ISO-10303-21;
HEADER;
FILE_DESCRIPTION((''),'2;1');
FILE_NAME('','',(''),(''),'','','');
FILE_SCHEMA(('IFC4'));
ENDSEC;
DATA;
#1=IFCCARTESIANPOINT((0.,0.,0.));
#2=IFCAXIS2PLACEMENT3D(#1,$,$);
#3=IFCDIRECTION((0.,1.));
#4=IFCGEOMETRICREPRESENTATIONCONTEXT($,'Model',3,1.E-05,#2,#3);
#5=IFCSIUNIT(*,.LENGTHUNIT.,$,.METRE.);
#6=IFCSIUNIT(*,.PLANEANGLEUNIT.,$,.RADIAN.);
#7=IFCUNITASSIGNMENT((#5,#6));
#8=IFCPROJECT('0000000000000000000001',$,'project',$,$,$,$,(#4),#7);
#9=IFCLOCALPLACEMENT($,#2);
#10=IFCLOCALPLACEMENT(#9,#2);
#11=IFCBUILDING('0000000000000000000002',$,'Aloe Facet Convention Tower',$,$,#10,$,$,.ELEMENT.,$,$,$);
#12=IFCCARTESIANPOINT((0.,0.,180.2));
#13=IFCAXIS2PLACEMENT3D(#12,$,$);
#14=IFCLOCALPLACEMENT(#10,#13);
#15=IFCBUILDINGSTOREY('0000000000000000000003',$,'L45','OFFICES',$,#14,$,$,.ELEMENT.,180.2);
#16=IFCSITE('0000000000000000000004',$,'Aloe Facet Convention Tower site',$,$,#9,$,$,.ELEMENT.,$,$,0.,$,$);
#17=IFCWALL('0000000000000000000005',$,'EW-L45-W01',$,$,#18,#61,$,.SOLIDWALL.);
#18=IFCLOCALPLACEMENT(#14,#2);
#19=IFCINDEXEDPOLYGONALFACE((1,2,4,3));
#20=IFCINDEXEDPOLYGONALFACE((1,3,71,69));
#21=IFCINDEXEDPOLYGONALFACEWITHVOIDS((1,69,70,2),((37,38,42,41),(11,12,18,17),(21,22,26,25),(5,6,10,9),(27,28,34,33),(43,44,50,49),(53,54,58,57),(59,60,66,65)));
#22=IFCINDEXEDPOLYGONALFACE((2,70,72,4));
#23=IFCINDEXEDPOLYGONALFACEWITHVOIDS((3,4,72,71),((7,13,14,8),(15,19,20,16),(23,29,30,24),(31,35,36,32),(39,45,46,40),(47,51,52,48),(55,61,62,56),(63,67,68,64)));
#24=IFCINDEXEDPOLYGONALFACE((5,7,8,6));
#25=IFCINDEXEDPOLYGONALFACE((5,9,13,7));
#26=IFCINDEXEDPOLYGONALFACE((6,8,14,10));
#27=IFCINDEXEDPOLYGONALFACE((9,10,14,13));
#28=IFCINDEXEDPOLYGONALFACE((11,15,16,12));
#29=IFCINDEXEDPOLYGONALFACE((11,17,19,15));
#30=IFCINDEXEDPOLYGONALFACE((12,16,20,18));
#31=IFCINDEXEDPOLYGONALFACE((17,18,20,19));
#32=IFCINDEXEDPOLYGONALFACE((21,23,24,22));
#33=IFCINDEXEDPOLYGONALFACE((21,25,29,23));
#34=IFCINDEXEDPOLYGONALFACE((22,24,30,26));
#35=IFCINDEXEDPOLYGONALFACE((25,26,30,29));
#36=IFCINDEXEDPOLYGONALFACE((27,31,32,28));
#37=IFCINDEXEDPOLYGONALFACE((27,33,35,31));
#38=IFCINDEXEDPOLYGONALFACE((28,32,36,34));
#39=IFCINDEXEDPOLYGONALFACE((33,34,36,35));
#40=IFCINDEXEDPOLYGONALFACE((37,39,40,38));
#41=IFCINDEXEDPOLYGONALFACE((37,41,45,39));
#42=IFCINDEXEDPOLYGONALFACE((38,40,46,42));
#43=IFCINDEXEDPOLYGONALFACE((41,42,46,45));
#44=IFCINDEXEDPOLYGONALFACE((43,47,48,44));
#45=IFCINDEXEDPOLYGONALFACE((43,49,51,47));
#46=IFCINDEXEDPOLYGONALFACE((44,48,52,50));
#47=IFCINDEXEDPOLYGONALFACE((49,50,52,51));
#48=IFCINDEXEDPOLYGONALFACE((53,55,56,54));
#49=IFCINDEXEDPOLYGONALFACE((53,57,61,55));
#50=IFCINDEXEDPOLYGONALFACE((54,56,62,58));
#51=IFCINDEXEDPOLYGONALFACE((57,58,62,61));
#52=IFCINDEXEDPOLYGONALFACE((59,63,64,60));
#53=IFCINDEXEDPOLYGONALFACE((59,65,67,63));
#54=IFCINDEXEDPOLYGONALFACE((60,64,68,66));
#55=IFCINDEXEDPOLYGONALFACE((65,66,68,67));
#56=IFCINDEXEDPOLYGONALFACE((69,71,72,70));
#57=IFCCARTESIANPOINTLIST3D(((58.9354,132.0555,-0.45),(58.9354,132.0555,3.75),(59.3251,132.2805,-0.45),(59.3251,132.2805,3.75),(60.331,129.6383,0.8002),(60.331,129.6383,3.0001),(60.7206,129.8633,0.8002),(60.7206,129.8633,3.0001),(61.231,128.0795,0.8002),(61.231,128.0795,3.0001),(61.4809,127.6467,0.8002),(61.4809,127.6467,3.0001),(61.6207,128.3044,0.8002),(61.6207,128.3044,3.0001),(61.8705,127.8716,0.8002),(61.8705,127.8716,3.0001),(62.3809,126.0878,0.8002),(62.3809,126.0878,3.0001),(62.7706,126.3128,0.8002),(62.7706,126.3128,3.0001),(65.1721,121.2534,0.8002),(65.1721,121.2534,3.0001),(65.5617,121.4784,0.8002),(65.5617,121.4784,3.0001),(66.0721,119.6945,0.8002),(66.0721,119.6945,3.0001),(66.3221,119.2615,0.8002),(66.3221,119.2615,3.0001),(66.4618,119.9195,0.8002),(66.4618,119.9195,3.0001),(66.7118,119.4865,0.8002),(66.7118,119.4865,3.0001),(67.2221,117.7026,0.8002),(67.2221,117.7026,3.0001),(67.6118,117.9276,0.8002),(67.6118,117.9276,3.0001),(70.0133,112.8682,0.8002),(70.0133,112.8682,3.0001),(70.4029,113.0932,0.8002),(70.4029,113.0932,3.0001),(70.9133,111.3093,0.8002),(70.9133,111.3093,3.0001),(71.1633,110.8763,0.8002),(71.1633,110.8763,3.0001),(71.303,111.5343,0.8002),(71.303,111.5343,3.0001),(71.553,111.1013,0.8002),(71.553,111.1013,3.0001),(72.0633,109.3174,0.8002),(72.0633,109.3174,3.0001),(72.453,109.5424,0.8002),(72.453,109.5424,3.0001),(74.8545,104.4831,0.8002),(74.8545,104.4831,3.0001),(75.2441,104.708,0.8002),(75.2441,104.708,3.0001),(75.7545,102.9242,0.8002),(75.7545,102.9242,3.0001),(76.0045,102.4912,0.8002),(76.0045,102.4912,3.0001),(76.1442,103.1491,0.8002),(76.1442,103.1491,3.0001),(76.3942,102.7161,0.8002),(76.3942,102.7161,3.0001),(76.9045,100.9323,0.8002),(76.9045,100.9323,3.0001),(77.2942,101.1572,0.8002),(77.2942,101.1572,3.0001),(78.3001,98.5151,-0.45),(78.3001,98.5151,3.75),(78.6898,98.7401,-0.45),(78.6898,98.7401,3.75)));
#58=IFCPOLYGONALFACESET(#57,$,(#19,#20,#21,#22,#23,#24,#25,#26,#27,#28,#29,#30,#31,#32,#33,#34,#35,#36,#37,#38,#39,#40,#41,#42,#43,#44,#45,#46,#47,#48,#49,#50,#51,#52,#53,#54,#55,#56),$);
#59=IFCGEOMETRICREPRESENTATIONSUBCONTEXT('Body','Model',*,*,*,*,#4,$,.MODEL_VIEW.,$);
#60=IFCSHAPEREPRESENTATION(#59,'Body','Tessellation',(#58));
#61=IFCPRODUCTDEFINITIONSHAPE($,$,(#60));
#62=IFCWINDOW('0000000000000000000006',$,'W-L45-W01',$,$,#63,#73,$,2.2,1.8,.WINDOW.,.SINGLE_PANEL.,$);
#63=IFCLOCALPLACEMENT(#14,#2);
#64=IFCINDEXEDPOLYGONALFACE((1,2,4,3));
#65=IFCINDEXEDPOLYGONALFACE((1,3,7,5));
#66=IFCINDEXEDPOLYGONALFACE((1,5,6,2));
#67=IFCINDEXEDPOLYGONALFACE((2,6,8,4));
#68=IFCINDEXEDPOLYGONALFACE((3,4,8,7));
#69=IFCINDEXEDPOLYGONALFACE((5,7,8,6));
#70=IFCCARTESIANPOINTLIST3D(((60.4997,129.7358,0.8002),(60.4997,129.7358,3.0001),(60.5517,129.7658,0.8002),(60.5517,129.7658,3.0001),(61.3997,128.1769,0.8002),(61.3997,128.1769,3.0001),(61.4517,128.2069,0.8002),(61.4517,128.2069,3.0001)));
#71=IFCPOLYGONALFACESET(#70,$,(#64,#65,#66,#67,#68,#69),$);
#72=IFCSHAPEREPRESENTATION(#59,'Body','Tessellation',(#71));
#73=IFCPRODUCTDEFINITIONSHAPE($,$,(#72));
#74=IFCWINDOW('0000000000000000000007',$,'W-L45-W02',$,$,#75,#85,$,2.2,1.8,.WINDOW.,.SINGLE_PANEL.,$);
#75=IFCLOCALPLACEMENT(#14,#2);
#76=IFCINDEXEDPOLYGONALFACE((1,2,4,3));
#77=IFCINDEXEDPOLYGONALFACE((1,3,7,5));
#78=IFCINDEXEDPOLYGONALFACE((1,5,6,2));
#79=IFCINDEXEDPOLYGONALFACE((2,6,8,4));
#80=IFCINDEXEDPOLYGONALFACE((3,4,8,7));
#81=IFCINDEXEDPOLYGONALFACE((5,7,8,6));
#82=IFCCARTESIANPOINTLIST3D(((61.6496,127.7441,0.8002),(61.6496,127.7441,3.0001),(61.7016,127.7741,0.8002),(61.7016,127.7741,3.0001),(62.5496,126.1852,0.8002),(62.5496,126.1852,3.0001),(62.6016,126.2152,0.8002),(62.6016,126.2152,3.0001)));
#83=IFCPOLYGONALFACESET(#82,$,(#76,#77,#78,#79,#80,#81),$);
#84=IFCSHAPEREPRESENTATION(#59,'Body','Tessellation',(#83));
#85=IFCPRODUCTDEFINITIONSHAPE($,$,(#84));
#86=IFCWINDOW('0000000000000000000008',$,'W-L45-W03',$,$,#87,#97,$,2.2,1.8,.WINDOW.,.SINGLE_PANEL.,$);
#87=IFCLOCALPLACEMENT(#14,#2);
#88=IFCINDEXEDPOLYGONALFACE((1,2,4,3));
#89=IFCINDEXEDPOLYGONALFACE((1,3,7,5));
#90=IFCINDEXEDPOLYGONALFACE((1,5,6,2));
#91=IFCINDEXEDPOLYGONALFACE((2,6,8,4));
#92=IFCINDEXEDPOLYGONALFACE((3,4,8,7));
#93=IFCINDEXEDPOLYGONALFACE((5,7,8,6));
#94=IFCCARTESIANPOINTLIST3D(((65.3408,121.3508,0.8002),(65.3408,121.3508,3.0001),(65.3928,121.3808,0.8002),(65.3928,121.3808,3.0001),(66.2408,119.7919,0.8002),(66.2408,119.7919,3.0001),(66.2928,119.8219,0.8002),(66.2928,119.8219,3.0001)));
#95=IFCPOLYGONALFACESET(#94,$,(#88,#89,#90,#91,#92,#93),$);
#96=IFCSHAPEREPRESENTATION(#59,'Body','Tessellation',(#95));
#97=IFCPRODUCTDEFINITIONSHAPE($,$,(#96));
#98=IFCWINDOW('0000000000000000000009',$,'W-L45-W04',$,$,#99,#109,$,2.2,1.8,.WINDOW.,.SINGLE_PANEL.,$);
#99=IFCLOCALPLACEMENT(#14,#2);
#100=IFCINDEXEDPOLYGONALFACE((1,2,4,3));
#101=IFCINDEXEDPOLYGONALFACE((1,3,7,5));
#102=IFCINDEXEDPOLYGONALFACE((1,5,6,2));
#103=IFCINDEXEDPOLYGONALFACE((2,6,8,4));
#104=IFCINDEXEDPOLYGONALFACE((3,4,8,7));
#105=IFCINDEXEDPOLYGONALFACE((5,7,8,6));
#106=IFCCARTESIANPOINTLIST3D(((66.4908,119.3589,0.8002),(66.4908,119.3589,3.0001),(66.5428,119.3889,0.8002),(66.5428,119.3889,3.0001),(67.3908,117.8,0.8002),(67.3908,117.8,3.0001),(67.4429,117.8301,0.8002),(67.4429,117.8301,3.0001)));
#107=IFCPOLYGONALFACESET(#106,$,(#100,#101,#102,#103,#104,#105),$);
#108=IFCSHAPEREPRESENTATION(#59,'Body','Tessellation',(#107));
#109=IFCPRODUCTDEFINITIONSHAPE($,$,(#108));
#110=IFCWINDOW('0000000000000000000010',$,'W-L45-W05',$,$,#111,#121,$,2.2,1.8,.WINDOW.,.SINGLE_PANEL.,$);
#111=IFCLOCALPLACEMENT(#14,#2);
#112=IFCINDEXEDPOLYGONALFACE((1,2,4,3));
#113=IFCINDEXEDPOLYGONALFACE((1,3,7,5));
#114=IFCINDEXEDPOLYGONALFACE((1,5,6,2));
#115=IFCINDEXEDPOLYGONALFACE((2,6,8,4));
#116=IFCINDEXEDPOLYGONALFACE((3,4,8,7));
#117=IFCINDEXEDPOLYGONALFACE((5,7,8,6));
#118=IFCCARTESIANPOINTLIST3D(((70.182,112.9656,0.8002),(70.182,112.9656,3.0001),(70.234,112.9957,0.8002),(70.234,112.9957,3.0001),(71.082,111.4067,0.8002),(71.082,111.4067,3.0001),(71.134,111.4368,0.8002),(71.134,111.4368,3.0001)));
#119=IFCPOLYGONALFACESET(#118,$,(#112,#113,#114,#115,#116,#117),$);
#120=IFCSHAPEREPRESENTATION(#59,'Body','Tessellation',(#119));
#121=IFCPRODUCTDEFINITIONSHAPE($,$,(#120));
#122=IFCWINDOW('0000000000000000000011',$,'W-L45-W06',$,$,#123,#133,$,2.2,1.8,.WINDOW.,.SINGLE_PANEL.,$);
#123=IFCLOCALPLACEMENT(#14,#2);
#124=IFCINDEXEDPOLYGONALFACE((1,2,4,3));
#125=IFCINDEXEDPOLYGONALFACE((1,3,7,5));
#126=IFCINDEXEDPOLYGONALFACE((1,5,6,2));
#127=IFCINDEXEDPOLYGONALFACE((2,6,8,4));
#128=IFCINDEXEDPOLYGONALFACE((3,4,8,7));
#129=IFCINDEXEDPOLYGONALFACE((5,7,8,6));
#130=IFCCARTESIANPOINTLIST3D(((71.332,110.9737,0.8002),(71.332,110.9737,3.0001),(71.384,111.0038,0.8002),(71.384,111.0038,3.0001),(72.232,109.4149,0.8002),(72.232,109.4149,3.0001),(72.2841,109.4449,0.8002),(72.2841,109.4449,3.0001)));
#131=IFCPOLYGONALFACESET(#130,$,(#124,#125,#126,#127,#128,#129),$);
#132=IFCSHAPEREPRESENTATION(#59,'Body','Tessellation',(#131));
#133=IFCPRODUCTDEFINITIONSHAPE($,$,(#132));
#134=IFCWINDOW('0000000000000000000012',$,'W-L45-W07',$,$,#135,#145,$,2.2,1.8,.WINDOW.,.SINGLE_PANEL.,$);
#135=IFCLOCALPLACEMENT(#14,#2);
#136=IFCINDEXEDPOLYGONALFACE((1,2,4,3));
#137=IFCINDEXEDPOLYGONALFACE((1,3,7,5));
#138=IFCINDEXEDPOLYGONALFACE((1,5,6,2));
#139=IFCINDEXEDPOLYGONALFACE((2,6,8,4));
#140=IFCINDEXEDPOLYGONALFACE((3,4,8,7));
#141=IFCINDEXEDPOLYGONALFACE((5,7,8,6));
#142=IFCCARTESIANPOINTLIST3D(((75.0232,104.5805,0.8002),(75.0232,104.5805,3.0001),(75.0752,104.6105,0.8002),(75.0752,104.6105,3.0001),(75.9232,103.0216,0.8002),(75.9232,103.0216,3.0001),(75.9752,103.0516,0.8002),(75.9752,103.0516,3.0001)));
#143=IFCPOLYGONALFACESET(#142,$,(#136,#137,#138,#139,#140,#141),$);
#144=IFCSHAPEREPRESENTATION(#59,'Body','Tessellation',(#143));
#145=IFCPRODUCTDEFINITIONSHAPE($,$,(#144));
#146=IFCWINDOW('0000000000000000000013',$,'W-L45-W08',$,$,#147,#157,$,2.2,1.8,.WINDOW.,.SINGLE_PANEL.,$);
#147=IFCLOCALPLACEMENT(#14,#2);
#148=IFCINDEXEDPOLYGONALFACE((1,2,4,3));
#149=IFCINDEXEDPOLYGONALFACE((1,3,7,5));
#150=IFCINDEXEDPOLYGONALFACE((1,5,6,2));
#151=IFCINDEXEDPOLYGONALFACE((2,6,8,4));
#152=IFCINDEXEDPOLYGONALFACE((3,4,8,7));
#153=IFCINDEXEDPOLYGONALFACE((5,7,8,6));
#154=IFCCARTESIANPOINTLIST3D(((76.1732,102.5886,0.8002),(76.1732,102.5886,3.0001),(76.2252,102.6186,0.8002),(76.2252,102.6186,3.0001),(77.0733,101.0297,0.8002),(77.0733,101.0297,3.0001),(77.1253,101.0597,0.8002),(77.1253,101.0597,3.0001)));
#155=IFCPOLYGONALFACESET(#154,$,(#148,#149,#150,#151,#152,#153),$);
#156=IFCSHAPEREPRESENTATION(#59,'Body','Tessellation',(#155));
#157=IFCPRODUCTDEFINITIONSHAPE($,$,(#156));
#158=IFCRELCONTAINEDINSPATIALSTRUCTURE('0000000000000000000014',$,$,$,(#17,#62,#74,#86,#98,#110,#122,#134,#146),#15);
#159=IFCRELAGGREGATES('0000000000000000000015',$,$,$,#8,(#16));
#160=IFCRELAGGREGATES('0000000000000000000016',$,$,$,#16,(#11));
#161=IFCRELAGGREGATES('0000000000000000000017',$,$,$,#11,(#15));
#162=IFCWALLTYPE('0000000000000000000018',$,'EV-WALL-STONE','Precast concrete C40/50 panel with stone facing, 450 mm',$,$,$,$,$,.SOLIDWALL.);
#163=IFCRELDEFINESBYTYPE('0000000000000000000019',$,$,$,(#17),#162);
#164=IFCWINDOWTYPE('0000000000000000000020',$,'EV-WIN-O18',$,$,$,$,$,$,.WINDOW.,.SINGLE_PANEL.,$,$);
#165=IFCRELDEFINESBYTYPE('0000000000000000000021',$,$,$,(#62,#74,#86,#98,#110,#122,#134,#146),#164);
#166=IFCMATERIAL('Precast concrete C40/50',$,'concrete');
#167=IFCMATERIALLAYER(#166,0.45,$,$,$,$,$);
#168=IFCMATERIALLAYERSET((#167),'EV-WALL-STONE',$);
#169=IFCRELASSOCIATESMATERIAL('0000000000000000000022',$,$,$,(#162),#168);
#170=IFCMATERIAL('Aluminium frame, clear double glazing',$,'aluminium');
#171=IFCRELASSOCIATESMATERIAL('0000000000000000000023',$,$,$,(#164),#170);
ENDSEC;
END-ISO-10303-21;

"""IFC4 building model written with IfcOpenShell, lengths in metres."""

from ifc_helpers import new_model, si_unit, direction, frame, frame_2d, origin, place, context, subcontext, project, spatial, polyline, rectangle, outline, extrude, material, layer, layer_set, type_object, element, fill, save


model = new_model("IFC4")

# Units and contexts
model_context = context("Model", 3, precision=1e-05, world=origin(), true_north=direction((0.0, 1.0)))
body_context = subcontext(model_context, "Body", "Model", "MODEL_VIEW")
ifc_project = project(units=[si_unit("LENGTHUNIT", "METRE"), si_unit("PLANEANGLEUNIT", "RADIAN")], contexts=[model_context])

# Site, building, storey
site_placement = place(None, origin())
site = spatial("IfcSite", under=ifc_project, at=site_placement, Name="Aloe Facet Convention Tower site", CompositionType="ELEMENT", RefElevation=0.0)
building_placement = place(site_placement, origin())
building = spatial("IfcBuilding", under=site, at=building_placement, Name="Aloe Facet Convention Tower", CompositionType="ELEMENT")
storey_placement = place(building_placement, frame((0.0, 0.0, 180.2)))
storey = spatial("IfcBuildingStorey", under=building, at=storey_placement, Name="L45", Description="OFFICES", CompositionType="ELEMENT", Elevation=180.2)

# Wall, openings, windows
ifc_material_1 = material(Name="Precast concrete C40/50", Category="concrete")
ifc_layer_1 = layer(ifc_material_1, 0.45)
ifc_layer_set_1 = layer_set([ifc_layer_1], Name="EV-WALL-STONE")
wall_type_1 = type_object("IfcWallType", Name="EV-WALL-STONE", Description="Precast concrete C40/50 panel with stone facing, 450 mm", PredefinedType="SOLIDWALL", material=ifc_layer_set_1)
wall_1_placement = place(storey_placement, frame((59.1301, 132.168, -0.45), z_axis=(0.0, 0.0, 1.0), x_axis=(0.500002, -0.866024, 0.0)))
wall_1 = element("IfcWall", 1, at=wall_1_placement, inside=storey, type_object=wall_type_1, Name="EW-L45-W01", PredefinedType="SOLIDWALL", context=body_context, shape_type="SweptSolid", body=[
    extrude(outline(polyline([(38.7292, 0.0), (38.7292, 4.2), (0.0, 4.2), (0.0, 0.0), (38.7292, 0.0)])), frame((0.0, 0.2251, 0.0), z_axis=(0.0, -1.0, 0.0), x_axis=(1.0, 0.0, 0.0)), (0.0, 0.0, 1.0), 0.45),
])
opening_1_placement = place(wall_1_placement, frame((2.7913, 0.0, 1.25)))
opening_1 = element("IfcOpeningElement", 2, at=opening_1_placement, cuts=wall_1, PredefinedType="OPENING", context=body_context, shape_type="SweptSolid", body=[
    extrude(rectangle(XDim=1.8, YDim=2.2, at=frame_2d((0.8999, 1.1001))), frame((0.0, 0.2349, 0.0), z_axis=(0.0, -1.0, 0.0), x_axis=(1.0, 0.0, 0.0)), (0.0, 0.0, 1.0), 0.47),
])
opening_2_placement = place(wall_1_placement, frame((5.0911, 0.0, 1.25)))
opening_2 = element("IfcOpeningElement", 3, at=opening_2_placement, cuts=wall_1, PredefinedType="OPENING", context=body_context, shape_type="SweptSolid", body=[
    extrude(rectangle(XDim=1.8, YDim=2.2, at=frame_2d((0.8999, 1.1001))), frame((0.0, 0.2349, 0.0), z_axis=(0.0, -1.0, 0.0), x_axis=(1.0, 0.0, 0.0)), (0.0, 0.0, 1.0), 0.47),
])
opening_3_placement = place(wall_1_placement, frame((12.4734, 0.0, 1.25)))
opening_3 = element("IfcOpeningElement", 4, at=opening_3_placement, cuts=wall_1, PredefinedType="OPENING", context=body_context, shape_type="SweptSolid", body=[
    extrude(rectangle(XDim=1.8, YDim=2.2, at=frame_2d((0.8999, 1.1001))), frame((0.0, 0.2349, 0.0), z_axis=(0.0, -1.0, 0.0), x_axis=(1.0, 0.0, 0.0)), (0.0, 0.0, 1.0), 0.47),
])
opening_4_placement = place(wall_1_placement, frame((14.7734, 0.0, 1.25)))
opening_4 = element("IfcOpeningElement", 5, at=opening_4_placement, cuts=wall_1, PredefinedType="OPENING", context=body_context, shape_type="SweptSolid", body=[
    extrude(rectangle(XDim=1.8, YDim=2.2, at=frame_2d((0.8999, 1.1001))), frame((0.0, 0.2349, 0.0), z_axis=(0.0, -1.0, 0.0), x_axis=(1.0, 0.0, 0.0)), (0.0, 0.0, 1.0), 0.47),
])
opening_5_placement = place(wall_1_placement, frame((22.1558, 0.0, 1.25)))
opening_5 = element("IfcOpeningElement", 6, at=opening_5_placement, cuts=wall_1, PredefinedType="OPENING", context=body_context, shape_type="SweptSolid", body=[
    extrude(rectangle(XDim=1.8, YDim=2.2, at=frame_2d((0.8999, 1.1001))), frame((0.0, 0.2349, 0.0), z_axis=(0.0, -1.0, 0.0), x_axis=(1.0, 0.0, 0.0)), (0.0, 0.0, 1.0), 0.47),
])
opening_6_placement = place(wall_1_placement, frame((24.4558, 0.0, 1.25)))
opening_6 = element("IfcOpeningElement", 7, at=opening_6_placement, cuts=wall_1, PredefinedType="OPENING", context=body_context, shape_type="SweptSolid", body=[
    extrude(rectangle(XDim=1.8, YDim=2.2, at=frame_2d((0.8999, 1.1001))), frame((0.0, 0.2349, 0.0), z_axis=(0.0, -1.0, 0.0), x_axis=(1.0, 0.0, 0.0)), (0.0, 0.0, 1.0), 0.47),
])
opening_7_placement = place(wall_1_placement, frame((31.8381, 0.0, 1.25)))
opening_7 = element("IfcOpeningElement", 8, at=opening_7_placement, cuts=wall_1, PredefinedType="OPENING", context=body_context, shape_type="SweptSolid", body=[
    extrude(rectangle(XDim=1.8, YDim=2.2, at=frame_2d((0.8999, 1.1001))), frame((0.0, 0.2349, 0.0), z_axis=(0.0, -1.0, 0.0), x_axis=(1.0, 0.0, 0.0)), (0.0, 0.0, 1.0), 0.47),
])
opening_8_placement = place(wall_1_placement, frame((34.1382, 0.0, 1.25)))
opening_8 = element("IfcOpeningElement", 9, at=opening_8_placement, cuts=wall_1, PredefinedType="OPENING", context=body_context, shape_type="SweptSolid", body=[
    extrude(rectangle(XDim=1.8, YDim=2.2, at=frame_2d((0.8999, 1.1001))), frame((0.0, 0.2349, 0.0), z_axis=(0.0, -1.0, 0.0), x_axis=(1.0, 0.0, 0.0)), (0.0, 0.0, 1.0), 0.47),
])
ifc_material_2 = material(Name="Aluminium frame, clear double glazing", Category="aluminium")
window_type = type_object("IfcWindowType", Name="EV-WIN-O18", PartitioningType="SINGLE_PANEL", PredefinedType="WINDOW", material=ifc_material_2)
window_1_placement = place(opening_1_placement, origin())
window_1 = element("IfcWindow", 10, at=window_1_placement, inside=storey, type_object=window_type, Name="W-L45-W01", OverallHeight=2.2, OverallWidth=1.8, PartitioningType="SINGLE_PANEL", PredefinedType="WINDOW", context=body_context, shape_type="SweptSolid", body=[
    extrude(rectangle(XDim=1.8, YDim=2.2, at=frame_2d((0.8999, 1.1001))), frame((0.0, 0.03, 0.0), z_axis=(0.0, -1.0, 0.0), x_axis=(1.0, 0.0, 0.0)), (0.0, 0.0, 1.0), 0.0601),
])
fill(opening_1, window_1)
window_2_placement = place(opening_2_placement, origin())
window_2 = element("IfcWindow", 11, at=window_2_placement, inside=storey, type_object=window_type, Name="W-L45-W02", OverallHeight=2.2, OverallWidth=1.8, PartitioningType="SINGLE_PANEL", PredefinedType="WINDOW", context=body_context, shape_type="SweptSolid", body=[
    extrude(rectangle(XDim=1.8, YDim=2.2, at=frame_2d((0.8999, 1.1001))), frame((0.0, 0.03, 0.0), z_axis=(0.0, -1.0, 0.0), x_axis=(1.0, 0.0, 0.0)), (0.0, 0.0, 1.0), 0.0601),
])
fill(opening_2, window_2)
window_3_placement = place(opening_3_placement, origin())
window_3 = element("IfcWindow", 12, at=window_3_placement, inside=storey, type_object=window_type, Name="W-L45-W03", OverallHeight=2.2, OverallWidth=1.8, PartitioningType="SINGLE_PANEL", PredefinedType="WINDOW", context=body_context, shape_type="SweptSolid", body=[
    extrude(rectangle(XDim=1.8, YDim=2.2, at=frame_2d((0.8999, 1.1001))), frame((0.0, 0.03, 0.0), z_axis=(0.0, -1.0, 0.0), x_axis=(1.0, 0.0, 0.0)), (0.0, 0.0, 1.0), 0.0601),
])
fill(opening_3, window_3)
window_4_placement = place(opening_4_placement, origin())
window_4 = element("IfcWindow", 13, at=window_4_placement, inside=storey, type_object=window_type, Name="W-L45-W04", OverallHeight=2.2, OverallWidth=1.8, PartitioningType="SINGLE_PANEL", PredefinedType="WINDOW", context=body_context, shape_type="SweptSolid", body=[
    extrude(rectangle(XDim=1.8, YDim=2.2, at=frame_2d((0.8999, 1.1001))), frame((0.0, 0.03, 0.0), z_axis=(0.0, -1.0, 0.0), x_axis=(1.0, 0.0, 0.0)), (0.0, 0.0, 1.0), 0.0601),
])
fill(opening_4, window_4)
window_5_placement = place(opening_5_placement, origin())
window_5 = element("IfcWindow", 14, at=window_5_placement, inside=storey, type_object=window_type, Name="W-L45-W05", OverallHeight=2.2, OverallWidth=1.8, PartitioningType="SINGLE_PANEL", PredefinedType="WINDOW", context=body_context, shape_type="SweptSolid", body=[
    extrude(rectangle(XDim=1.8, YDim=2.2, at=frame_2d((0.8999, 1.1001))), frame((0.0, 0.03, 0.0), z_axis=(0.0, -1.0, 0.0), x_axis=(1.0, 0.0, 0.0)), (0.0, 0.0, 1.0), 0.0601),
])
fill(opening_5, window_5)
window_6_placement = place(opening_6_placement, origin())
window_6 = element("IfcWindow", 15, at=window_6_placement, inside=storey, type_object=window_type, Name="W-L45-W06", OverallHeight=2.2, OverallWidth=1.8, PartitioningType="SINGLE_PANEL", PredefinedType="WINDOW", context=body_context, shape_type="SweptSolid", body=[
    extrude(rectangle(XDim=1.8, YDim=2.2, at=frame_2d((0.8999, 1.1001))), frame((0.0, 0.03, 0.0), z_axis=(0.0, -1.0, 0.0), x_axis=(1.0, 0.0, 0.0)), (0.0, 0.0, 1.0), 0.0601),
])
fill(opening_6, window_6)
window_7_placement = place(opening_7_placement, origin())
window_7 = element("IfcWindow", 16, at=window_7_placement, inside=storey, type_object=window_type, Name="W-L45-W07", OverallHeight=2.2, OverallWidth=1.8, PartitioningType="SINGLE_PANEL", PredefinedType="WINDOW", context=body_context, shape_type="SweptSolid", body=[
    extrude(rectangle(XDim=1.8, YDim=2.2, at=frame_2d((0.8999, 1.1001))), frame((0.0, 0.03, 0.0), z_axis=(0.0, -1.0, 0.0), x_axis=(1.0, 0.0, 0.0)), (0.0, 0.0, 1.0), 0.0601),
])
fill(opening_7, window_7)
window_8_placement = place(opening_8_placement, origin())
window_8 = element("IfcWindow", 17, at=window_8_placement, inside=storey, type_object=window_type, Name="W-L45-W08", OverallHeight=2.2, OverallWidth=1.8, PartitioningType="SINGLE_PANEL", PredefinedType="WINDOW", context=body_context, shape_type="SweptSolid", body=[
    extrude(rectangle(XDim=1.8, YDim=2.2, at=frame_2d((0.8999, 1.1001))), frame((0.0, 0.03, 0.0), z_axis=(0.0, -1.0, 0.0), x_axis=(1.0, 0.0, 0.0)), (0.0, 0.0, 1.0), 0.0601),
])
fill(opening_8, window_8)

save(model, "model.ifc")
